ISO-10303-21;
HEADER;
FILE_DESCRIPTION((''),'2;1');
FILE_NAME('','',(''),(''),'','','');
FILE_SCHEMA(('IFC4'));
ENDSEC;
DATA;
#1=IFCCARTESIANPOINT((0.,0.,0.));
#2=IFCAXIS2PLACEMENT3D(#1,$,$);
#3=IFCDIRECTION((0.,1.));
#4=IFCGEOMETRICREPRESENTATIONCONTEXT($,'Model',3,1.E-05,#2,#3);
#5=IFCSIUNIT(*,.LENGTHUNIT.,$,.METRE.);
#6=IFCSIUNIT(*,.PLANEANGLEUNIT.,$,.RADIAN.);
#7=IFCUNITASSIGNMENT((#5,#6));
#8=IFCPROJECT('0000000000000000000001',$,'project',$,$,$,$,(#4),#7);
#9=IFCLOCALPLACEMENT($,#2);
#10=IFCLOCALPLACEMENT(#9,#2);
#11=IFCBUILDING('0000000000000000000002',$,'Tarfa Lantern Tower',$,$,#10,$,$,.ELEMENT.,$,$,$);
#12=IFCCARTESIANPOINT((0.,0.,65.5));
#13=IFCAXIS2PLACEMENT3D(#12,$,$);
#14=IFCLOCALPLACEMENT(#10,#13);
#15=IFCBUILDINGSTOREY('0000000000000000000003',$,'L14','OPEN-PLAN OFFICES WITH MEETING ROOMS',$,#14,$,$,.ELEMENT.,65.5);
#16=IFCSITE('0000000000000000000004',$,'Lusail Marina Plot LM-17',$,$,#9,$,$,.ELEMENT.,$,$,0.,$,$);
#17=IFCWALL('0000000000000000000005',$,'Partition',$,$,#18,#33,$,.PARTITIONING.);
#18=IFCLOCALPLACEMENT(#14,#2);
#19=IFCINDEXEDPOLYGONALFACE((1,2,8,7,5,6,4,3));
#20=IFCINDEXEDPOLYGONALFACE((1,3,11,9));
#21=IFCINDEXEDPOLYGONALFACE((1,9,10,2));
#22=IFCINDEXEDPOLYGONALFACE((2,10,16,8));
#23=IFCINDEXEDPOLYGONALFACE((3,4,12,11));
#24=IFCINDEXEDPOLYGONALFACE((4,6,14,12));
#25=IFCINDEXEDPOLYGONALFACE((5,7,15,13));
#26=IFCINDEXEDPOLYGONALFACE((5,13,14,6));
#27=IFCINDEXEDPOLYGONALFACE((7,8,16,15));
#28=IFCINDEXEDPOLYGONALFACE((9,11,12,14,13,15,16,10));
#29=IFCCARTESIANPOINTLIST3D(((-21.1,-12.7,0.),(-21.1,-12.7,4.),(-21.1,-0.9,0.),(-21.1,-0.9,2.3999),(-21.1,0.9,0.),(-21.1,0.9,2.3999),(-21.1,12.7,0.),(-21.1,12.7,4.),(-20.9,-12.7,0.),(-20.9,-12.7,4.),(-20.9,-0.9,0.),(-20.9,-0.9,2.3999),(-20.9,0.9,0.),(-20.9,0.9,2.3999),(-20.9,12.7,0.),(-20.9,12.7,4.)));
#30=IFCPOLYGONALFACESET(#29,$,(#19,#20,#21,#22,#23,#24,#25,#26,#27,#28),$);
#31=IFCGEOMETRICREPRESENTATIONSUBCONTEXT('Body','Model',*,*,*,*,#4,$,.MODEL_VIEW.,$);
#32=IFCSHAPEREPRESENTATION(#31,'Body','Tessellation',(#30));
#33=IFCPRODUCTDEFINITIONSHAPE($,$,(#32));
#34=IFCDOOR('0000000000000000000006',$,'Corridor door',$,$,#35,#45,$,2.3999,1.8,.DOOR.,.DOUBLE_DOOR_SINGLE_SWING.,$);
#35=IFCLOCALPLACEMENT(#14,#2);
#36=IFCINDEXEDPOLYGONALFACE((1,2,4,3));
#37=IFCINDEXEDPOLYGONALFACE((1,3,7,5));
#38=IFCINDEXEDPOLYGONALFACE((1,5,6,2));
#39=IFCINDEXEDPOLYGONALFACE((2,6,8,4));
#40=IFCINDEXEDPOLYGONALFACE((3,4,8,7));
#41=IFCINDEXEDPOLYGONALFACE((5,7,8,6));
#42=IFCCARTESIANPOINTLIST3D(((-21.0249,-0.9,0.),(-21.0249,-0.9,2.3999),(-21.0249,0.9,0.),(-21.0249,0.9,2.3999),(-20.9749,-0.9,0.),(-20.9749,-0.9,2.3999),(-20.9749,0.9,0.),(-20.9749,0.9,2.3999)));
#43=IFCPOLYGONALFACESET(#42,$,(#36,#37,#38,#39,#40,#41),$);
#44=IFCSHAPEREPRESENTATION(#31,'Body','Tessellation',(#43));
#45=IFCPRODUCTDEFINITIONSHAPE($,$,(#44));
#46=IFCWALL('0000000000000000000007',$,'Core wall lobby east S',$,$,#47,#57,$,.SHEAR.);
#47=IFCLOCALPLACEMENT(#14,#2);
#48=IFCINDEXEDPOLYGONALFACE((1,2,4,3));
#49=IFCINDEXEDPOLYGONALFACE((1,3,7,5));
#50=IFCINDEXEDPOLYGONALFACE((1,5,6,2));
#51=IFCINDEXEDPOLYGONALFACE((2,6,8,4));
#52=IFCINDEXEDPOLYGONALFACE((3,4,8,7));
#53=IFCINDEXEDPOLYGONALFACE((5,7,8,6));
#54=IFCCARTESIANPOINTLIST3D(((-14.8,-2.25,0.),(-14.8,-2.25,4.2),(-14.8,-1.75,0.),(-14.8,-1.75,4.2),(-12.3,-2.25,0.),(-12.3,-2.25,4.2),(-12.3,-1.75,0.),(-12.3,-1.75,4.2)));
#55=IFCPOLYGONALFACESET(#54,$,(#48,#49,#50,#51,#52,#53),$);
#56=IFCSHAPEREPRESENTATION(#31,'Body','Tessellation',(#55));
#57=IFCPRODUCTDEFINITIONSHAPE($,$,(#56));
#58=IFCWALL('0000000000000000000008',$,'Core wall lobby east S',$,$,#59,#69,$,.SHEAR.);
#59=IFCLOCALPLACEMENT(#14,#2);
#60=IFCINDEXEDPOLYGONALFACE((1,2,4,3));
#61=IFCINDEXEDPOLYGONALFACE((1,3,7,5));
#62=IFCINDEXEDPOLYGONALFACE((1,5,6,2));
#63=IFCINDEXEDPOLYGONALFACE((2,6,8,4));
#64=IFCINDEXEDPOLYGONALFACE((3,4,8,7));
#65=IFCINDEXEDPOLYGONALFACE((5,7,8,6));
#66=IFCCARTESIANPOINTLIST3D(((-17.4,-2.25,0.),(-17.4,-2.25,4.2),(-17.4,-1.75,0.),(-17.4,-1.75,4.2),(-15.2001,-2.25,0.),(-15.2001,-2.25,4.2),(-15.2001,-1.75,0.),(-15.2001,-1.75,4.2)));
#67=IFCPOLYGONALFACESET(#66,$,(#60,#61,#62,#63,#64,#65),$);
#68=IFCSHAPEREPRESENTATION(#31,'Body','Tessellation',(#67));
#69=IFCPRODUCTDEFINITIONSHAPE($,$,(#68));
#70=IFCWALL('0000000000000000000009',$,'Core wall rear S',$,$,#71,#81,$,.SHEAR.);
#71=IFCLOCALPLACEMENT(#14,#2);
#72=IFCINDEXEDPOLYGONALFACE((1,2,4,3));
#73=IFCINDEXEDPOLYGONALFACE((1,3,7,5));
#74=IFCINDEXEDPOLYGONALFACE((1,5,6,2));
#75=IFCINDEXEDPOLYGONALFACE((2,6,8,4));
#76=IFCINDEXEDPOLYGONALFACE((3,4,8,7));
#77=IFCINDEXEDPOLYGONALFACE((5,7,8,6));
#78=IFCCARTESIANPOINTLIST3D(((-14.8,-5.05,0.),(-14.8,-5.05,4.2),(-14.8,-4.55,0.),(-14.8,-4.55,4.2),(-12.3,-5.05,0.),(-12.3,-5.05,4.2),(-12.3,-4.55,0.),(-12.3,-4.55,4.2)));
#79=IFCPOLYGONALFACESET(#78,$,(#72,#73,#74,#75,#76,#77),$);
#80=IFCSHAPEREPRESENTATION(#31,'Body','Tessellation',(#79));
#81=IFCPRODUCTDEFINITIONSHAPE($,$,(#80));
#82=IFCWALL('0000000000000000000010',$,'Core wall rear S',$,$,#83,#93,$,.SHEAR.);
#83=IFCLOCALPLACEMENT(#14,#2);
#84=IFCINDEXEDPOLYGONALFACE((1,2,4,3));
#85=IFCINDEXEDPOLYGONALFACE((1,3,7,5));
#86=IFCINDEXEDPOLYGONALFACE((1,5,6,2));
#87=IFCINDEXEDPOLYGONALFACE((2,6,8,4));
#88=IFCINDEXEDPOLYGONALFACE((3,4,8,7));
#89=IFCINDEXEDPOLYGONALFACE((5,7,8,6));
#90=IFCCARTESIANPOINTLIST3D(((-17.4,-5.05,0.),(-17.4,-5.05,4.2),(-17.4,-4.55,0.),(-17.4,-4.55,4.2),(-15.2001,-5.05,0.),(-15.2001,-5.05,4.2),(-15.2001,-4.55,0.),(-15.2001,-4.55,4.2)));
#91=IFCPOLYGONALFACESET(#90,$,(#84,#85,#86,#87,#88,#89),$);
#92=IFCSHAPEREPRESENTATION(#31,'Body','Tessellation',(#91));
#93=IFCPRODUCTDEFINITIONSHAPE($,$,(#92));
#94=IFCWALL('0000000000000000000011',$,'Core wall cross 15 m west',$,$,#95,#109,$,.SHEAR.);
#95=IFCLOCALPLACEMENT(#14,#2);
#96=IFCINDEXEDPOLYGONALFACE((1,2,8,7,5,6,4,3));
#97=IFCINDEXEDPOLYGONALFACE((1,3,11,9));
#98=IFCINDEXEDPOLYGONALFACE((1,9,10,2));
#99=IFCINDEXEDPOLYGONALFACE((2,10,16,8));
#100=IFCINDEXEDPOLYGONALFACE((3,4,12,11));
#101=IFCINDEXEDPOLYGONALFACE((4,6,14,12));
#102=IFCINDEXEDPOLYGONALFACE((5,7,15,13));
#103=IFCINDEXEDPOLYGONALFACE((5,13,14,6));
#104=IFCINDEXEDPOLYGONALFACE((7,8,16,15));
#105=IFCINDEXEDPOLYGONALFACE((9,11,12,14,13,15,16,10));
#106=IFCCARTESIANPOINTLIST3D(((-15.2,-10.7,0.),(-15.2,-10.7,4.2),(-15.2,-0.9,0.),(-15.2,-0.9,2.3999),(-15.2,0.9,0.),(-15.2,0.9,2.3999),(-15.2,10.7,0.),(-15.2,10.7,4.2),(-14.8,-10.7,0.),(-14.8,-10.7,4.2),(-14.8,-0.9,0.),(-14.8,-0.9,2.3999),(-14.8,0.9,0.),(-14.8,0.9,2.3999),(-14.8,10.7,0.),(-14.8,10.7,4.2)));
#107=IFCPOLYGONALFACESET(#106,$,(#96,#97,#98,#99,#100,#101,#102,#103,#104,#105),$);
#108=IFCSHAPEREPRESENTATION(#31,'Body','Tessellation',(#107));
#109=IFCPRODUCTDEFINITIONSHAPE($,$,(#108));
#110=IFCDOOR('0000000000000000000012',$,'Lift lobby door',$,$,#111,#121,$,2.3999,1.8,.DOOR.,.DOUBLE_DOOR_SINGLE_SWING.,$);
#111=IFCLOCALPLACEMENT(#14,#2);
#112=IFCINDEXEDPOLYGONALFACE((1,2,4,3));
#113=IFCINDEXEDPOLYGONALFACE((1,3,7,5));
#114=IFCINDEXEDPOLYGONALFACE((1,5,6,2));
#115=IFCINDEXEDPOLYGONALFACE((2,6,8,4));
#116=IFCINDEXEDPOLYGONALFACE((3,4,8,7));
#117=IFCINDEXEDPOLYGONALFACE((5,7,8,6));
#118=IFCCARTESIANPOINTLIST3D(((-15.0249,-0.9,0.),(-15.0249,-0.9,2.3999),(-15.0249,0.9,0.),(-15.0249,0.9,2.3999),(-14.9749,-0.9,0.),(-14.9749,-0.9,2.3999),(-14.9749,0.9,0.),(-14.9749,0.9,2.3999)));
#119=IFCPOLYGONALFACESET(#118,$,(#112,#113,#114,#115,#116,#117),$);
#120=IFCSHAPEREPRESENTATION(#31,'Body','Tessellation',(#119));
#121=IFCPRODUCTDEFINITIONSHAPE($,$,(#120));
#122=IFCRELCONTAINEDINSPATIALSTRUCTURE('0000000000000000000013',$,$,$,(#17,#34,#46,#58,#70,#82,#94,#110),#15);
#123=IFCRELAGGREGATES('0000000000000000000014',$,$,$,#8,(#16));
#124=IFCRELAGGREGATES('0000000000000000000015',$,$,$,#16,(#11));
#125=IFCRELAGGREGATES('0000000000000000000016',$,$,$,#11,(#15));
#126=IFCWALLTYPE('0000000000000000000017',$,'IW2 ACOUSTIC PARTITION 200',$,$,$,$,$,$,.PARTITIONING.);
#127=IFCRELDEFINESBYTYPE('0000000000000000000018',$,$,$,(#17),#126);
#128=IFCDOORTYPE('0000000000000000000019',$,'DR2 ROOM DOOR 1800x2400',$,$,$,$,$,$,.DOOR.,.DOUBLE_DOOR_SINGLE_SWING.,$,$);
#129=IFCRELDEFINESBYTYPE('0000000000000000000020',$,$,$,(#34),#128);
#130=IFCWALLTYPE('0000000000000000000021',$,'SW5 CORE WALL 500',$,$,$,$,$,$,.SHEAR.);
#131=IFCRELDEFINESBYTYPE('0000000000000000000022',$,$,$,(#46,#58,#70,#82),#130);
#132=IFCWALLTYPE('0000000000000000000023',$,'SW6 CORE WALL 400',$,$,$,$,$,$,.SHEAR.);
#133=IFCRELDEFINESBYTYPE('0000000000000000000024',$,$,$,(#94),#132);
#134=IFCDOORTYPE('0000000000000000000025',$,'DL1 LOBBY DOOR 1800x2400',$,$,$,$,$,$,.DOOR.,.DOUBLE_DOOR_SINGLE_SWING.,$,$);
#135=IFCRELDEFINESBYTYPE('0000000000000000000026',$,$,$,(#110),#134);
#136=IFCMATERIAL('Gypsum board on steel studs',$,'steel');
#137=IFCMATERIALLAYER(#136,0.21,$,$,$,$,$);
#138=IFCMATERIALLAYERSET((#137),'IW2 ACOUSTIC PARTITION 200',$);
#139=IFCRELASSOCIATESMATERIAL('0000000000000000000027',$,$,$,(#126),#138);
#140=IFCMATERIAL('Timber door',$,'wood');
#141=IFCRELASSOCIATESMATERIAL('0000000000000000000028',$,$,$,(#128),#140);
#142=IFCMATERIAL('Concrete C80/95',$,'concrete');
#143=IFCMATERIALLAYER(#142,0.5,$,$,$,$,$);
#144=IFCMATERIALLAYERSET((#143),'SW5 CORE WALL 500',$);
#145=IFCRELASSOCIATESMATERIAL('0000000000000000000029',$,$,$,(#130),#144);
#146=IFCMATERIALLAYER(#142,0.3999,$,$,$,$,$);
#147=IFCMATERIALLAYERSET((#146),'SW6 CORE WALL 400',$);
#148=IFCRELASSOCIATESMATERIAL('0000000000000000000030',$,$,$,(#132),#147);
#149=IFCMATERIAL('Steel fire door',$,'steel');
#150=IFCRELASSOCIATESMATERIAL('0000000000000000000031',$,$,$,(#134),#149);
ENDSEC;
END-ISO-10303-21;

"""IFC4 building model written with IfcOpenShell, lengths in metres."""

from ifc_helpers import new_model, si_unit, direction, frame, frame_2d, origin, place, context, subcontext, project, spatial, rectangle, extrude, material, layer, layer_set, type_object, element, fill, save


model = new_model("IFC4")

# Units and contexts
model_context = context("Model", 3, precision=1e-05, world=origin(), true_north=direction((0.0, 1.0)))
body_context = subcontext(model_context, "Body", "Model", "MODEL_VIEW")
ifc_project = project(units=[si_unit("LENGTHUNIT", "METRE"), si_unit("PLANEANGLEUNIT", "RADIAN")], contexts=[model_context])

# Site, building, storey
site_placement = place(None, origin())
site = spatial("IfcSite", under=ifc_project, at=site_placement, Name="Lusail Marina Plot LM-17", CompositionType="ELEMENT", RefElevation=0.0)
building_placement = place(site_placement, origin())
building = spatial("IfcBuilding", under=site, at=building_placement, Name="Tarfa Lantern Tower", CompositionType="ELEMENT")
storey_placement = place(building_placement, frame((0.0, 0.0, 65.5)))
storey = spatial("IfcBuildingStorey", under=building, at=storey_placement, Name="L14", Description="OPEN-PLAN OFFICES WITH MEETING ROOMS", CompositionType="ELEMENT", Elevation=65.5)

# Shared definitions
ifc_material_1 = material(Name="Gypsum board on steel studs", Category="steel")
ifc_layer_1 = layer(ifc_material_1, 0.21)
ifc_layer_set_1 = layer_set([ifc_layer_1], Name="IW2 ACOUSTIC PARTITION 200")
wall_type_1 = type_object("IfcWallType", Name="IW2 ACOUSTIC PARTITION 200", PredefinedType="PARTITIONING", material=ifc_layer_set_1)
ifc_material_2 = material(Name="Timber door", Category="wood")
door_type_1 = type_object("IfcDoorType", Name="DR2 ROOM DOOR 1800x2400", OperationType="DOUBLE_DOOR_SINGLE_SWING", PredefinedType="DOOR", material=ifc_material_2)

# Wall, opening, door
wall_1_placement = place(storey_placement, frame((-21.0, -12.7, 0.0), z_axis=(0.0, 0.0, 1.0), x_axis=(0.0, 1.0, 0.0)))
wall_1 = element("IfcWall", 1, at=wall_1_placement, inside=storey, type_object=wall_type_1, Name="Partition", PredefinedType="PARTITIONING", context=body_context, shape_type="SweptSolid", body=[
    extrude(rectangle(XDim=25.3999, YDim=0.2, at=frame_2d((12.7, 0.0))), origin(), (0.0, 0.0, 1.0), 4.0),
])
opening_1_placement = place(wall_1_placement, frame((11.8, 0.0, 0.0)))
opening_1 = element("IfcOpeningElement", 2, at=opening_1_placement, cuts=wall_1, PredefinedType="OPENING", context=body_context, shape_type="SweptSolid", body=[
    extrude(rectangle(XDim=1.8, YDim=2.3999, at=frame_2d((0.8999, 1.2))), frame((0.0, 0.1099, 0.0), z_axis=(0.0, -1.0, 0.0), x_axis=(1.0, 0.0, 0.0)), (0.0, 0.0, 1.0), 0.22),
])
door_1_placement = place(opening_1_placement, origin())
door_1 = element("IfcDoor", 3, at=door_1_placement, inside=storey, type_object=door_type_1, Name="Corridor door", OperationType="DOUBLE_DOOR_SINGLE_SWING", OverallHeight=2.3999, OverallWidth=1.8, PredefinedType="DOOR", context=body_context, shape_type="SweptSolid", body=[
    extrude(rectangle(XDim=1.8, YDim=2.3999, at=frame_2d((0.8999, 1.2))), frame((0.0, 0.0249, 0.0), z_axis=(0.0, -1.0, 0.0), x_axis=(1.0, 0.0, 0.0)), (0.0, 0.0, 1.0), 0.05),
])
fill(opening_1, door_1)

# Walls
ifc_material_3 = material(Name="Concrete C80/95", Category="concrete")
ifc_layer_2 = layer(ifc_material_3, 0.5)
ifc_layer_set_2 = layer_set([ifc_layer_2], Name="SW5 CORE WALL 500")
wall_type_2 = type_object("IfcWallType", Name="SW5 CORE WALL 500", PredefinedType="SHEAR", material=ifc_layer_set_2)
wall_2_placement = place(storey_placement, frame((-12.3, -2.0, 0.0), z_axis=(0.0, 0.0, 1.0), x_axis=(-1.0, 0.0, 0.0)))
element("IfcWall", 4, at=wall_2_placement, inside=storey, type_object=wall_type_2, Name="Core wall lobby east S", PredefinedType="SHEAR", context=body_context, shape_type="SweptSolid", body=[
    extrude(rectangle(XDim=2.5, YDim=0.5, at=frame_2d((1.25, 0.0))), origin(), (0.0, 0.0, 1.0), 4.2),
])
wall_3_placement = place(storey_placement, frame((-15.2, -2.0, 0.0), z_axis=(0.0, 0.0, 1.0), x_axis=(-1.0, 0.0, 0.0)))
element("IfcWall", 5, at=wall_3_placement, inside=storey, type_object=wall_type_2, Name="Core wall lobby east S", PredefinedType="SHEAR", context=body_context, shape_type="SweptSolid", body=[
    extrude(rectangle(XDim=2.2, YDim=0.5, at=frame_2d((1.1001, 0.0))), origin(), (0.0, 0.0, 1.0), 4.2),
])
wall_4_placement = place(storey_placement, frame((-12.3, -4.8, 0.0), z_axis=(0.0, 0.0, 1.0), x_axis=(-1.0, 0.0, 0.0)))
element("IfcWall", 6, at=wall_4_placement, inside=storey, type_object=wall_type_2, Name="Core wall rear S", PredefinedType="SHEAR", context=body_context, shape_type="SweptSolid", body=[
    extrude(rectangle(XDim=2.5, YDim=0.5, at=frame_2d((1.25, 0.0))), origin(), (0.0, 0.0, 1.0), 4.2),
])
wall_5_placement = place(storey_placement, frame((-15.2, -4.8, 0.0), z_axis=(0.0, 0.0, 1.0), x_axis=(-1.0, 0.0, 0.0)))
element("IfcWall", 7, at=wall_5_placement, inside=storey, type_object=wall_type_2, Name="Core wall rear S", PredefinedType="SHEAR", context=body_context, shape_type="SweptSolid", body=[
    extrude(rectangle(XDim=2.2, YDim=0.5, at=frame_2d((1.1001, 0.0))), origin(), (0.0, 0.0, 1.0), 4.2),
])

# Wall, opening, door
ifc_layer_3 = layer(ifc_material_3, 0.3999)
ifc_layer_set_3 = layer_set([ifc_layer_3], Name="SW6 CORE WALL 400")
wall_type_3 = type_object("IfcWallType", Name="SW6 CORE WALL 400", PredefinedType="SHEAR", material=ifc_layer_set_3)
wall_6_placement = place(storey_placement, frame((-15.0, -10.7, 0.0), z_axis=(0.0, 0.0, 1.0), x_axis=(0.0, 1.0, 0.0)))
wall_6 = element("IfcWall", 8, at=wall_6_placement, inside=storey, type_object=wall_type_3, Name="Core wall cross 15 m west", PredefinedType="SHEAR", context=body_context, shape_type="SweptSolid", body=[
    extrude(rectangle(XDim=21.3999, YDim=0.3999, at=frame_2d((10.7, 0.0))), origin(), (0.0, 0.0, 1.0), 4.2),
])
opening_2_placement = place(wall_6_placement, frame((9.8, 0.0, 0.0)))
opening_2 = element("IfcOpeningElement", 9, at=opening_2_placement, cuts=wall_6, PredefinedType="OPENING", context=body_context, shape_type="SweptSolid", body=[
    extrude(rectangle(XDim=1.8, YDim=2.3999, at=frame_2d((0.8999, 1.2))), frame((0.0, 0.21, 0.0), z_axis=(0.0, -1.0, 0.0), x_axis=(1.0, 0.0, 0.0)), (0.0, 0.0, 1.0), 0.4199),
])
ifc_material_4 = material(Name="Steel fire door", Category="steel")
door_type_2 = type_object("IfcDoorType", Name="DL1 LOBBY DOOR 1800x2400", OperationType="DOUBLE_DOOR_SINGLE_SWING", PredefinedType="DOOR", material=ifc_material_4)
door_2_placement = place(opening_2_placement, origin())
door_2 = element("IfcDoor", 10, at=door_2_placement, inside=storey, type_object=door_type_2, Name="Lift lobby door", OperationType="DOUBLE_DOOR_SINGLE_SWING", OverallHeight=2.3999, OverallWidth=1.8, PredefinedType="DOOR", context=body_context, shape_type="SweptSolid", body=[
    extrude(rectangle(XDim=1.8, YDim=2.3999, at=frame_2d((0.8999, 1.2))), frame((0.0, 0.0249, 0.0), z_axis=(0.0, -1.0, 0.0), x_axis=(1.0, 0.0, 0.0)), (0.0, 0.0, 1.0), 0.05),
])
fill(opening_2, door_2)

save(model, "model.ifc")
